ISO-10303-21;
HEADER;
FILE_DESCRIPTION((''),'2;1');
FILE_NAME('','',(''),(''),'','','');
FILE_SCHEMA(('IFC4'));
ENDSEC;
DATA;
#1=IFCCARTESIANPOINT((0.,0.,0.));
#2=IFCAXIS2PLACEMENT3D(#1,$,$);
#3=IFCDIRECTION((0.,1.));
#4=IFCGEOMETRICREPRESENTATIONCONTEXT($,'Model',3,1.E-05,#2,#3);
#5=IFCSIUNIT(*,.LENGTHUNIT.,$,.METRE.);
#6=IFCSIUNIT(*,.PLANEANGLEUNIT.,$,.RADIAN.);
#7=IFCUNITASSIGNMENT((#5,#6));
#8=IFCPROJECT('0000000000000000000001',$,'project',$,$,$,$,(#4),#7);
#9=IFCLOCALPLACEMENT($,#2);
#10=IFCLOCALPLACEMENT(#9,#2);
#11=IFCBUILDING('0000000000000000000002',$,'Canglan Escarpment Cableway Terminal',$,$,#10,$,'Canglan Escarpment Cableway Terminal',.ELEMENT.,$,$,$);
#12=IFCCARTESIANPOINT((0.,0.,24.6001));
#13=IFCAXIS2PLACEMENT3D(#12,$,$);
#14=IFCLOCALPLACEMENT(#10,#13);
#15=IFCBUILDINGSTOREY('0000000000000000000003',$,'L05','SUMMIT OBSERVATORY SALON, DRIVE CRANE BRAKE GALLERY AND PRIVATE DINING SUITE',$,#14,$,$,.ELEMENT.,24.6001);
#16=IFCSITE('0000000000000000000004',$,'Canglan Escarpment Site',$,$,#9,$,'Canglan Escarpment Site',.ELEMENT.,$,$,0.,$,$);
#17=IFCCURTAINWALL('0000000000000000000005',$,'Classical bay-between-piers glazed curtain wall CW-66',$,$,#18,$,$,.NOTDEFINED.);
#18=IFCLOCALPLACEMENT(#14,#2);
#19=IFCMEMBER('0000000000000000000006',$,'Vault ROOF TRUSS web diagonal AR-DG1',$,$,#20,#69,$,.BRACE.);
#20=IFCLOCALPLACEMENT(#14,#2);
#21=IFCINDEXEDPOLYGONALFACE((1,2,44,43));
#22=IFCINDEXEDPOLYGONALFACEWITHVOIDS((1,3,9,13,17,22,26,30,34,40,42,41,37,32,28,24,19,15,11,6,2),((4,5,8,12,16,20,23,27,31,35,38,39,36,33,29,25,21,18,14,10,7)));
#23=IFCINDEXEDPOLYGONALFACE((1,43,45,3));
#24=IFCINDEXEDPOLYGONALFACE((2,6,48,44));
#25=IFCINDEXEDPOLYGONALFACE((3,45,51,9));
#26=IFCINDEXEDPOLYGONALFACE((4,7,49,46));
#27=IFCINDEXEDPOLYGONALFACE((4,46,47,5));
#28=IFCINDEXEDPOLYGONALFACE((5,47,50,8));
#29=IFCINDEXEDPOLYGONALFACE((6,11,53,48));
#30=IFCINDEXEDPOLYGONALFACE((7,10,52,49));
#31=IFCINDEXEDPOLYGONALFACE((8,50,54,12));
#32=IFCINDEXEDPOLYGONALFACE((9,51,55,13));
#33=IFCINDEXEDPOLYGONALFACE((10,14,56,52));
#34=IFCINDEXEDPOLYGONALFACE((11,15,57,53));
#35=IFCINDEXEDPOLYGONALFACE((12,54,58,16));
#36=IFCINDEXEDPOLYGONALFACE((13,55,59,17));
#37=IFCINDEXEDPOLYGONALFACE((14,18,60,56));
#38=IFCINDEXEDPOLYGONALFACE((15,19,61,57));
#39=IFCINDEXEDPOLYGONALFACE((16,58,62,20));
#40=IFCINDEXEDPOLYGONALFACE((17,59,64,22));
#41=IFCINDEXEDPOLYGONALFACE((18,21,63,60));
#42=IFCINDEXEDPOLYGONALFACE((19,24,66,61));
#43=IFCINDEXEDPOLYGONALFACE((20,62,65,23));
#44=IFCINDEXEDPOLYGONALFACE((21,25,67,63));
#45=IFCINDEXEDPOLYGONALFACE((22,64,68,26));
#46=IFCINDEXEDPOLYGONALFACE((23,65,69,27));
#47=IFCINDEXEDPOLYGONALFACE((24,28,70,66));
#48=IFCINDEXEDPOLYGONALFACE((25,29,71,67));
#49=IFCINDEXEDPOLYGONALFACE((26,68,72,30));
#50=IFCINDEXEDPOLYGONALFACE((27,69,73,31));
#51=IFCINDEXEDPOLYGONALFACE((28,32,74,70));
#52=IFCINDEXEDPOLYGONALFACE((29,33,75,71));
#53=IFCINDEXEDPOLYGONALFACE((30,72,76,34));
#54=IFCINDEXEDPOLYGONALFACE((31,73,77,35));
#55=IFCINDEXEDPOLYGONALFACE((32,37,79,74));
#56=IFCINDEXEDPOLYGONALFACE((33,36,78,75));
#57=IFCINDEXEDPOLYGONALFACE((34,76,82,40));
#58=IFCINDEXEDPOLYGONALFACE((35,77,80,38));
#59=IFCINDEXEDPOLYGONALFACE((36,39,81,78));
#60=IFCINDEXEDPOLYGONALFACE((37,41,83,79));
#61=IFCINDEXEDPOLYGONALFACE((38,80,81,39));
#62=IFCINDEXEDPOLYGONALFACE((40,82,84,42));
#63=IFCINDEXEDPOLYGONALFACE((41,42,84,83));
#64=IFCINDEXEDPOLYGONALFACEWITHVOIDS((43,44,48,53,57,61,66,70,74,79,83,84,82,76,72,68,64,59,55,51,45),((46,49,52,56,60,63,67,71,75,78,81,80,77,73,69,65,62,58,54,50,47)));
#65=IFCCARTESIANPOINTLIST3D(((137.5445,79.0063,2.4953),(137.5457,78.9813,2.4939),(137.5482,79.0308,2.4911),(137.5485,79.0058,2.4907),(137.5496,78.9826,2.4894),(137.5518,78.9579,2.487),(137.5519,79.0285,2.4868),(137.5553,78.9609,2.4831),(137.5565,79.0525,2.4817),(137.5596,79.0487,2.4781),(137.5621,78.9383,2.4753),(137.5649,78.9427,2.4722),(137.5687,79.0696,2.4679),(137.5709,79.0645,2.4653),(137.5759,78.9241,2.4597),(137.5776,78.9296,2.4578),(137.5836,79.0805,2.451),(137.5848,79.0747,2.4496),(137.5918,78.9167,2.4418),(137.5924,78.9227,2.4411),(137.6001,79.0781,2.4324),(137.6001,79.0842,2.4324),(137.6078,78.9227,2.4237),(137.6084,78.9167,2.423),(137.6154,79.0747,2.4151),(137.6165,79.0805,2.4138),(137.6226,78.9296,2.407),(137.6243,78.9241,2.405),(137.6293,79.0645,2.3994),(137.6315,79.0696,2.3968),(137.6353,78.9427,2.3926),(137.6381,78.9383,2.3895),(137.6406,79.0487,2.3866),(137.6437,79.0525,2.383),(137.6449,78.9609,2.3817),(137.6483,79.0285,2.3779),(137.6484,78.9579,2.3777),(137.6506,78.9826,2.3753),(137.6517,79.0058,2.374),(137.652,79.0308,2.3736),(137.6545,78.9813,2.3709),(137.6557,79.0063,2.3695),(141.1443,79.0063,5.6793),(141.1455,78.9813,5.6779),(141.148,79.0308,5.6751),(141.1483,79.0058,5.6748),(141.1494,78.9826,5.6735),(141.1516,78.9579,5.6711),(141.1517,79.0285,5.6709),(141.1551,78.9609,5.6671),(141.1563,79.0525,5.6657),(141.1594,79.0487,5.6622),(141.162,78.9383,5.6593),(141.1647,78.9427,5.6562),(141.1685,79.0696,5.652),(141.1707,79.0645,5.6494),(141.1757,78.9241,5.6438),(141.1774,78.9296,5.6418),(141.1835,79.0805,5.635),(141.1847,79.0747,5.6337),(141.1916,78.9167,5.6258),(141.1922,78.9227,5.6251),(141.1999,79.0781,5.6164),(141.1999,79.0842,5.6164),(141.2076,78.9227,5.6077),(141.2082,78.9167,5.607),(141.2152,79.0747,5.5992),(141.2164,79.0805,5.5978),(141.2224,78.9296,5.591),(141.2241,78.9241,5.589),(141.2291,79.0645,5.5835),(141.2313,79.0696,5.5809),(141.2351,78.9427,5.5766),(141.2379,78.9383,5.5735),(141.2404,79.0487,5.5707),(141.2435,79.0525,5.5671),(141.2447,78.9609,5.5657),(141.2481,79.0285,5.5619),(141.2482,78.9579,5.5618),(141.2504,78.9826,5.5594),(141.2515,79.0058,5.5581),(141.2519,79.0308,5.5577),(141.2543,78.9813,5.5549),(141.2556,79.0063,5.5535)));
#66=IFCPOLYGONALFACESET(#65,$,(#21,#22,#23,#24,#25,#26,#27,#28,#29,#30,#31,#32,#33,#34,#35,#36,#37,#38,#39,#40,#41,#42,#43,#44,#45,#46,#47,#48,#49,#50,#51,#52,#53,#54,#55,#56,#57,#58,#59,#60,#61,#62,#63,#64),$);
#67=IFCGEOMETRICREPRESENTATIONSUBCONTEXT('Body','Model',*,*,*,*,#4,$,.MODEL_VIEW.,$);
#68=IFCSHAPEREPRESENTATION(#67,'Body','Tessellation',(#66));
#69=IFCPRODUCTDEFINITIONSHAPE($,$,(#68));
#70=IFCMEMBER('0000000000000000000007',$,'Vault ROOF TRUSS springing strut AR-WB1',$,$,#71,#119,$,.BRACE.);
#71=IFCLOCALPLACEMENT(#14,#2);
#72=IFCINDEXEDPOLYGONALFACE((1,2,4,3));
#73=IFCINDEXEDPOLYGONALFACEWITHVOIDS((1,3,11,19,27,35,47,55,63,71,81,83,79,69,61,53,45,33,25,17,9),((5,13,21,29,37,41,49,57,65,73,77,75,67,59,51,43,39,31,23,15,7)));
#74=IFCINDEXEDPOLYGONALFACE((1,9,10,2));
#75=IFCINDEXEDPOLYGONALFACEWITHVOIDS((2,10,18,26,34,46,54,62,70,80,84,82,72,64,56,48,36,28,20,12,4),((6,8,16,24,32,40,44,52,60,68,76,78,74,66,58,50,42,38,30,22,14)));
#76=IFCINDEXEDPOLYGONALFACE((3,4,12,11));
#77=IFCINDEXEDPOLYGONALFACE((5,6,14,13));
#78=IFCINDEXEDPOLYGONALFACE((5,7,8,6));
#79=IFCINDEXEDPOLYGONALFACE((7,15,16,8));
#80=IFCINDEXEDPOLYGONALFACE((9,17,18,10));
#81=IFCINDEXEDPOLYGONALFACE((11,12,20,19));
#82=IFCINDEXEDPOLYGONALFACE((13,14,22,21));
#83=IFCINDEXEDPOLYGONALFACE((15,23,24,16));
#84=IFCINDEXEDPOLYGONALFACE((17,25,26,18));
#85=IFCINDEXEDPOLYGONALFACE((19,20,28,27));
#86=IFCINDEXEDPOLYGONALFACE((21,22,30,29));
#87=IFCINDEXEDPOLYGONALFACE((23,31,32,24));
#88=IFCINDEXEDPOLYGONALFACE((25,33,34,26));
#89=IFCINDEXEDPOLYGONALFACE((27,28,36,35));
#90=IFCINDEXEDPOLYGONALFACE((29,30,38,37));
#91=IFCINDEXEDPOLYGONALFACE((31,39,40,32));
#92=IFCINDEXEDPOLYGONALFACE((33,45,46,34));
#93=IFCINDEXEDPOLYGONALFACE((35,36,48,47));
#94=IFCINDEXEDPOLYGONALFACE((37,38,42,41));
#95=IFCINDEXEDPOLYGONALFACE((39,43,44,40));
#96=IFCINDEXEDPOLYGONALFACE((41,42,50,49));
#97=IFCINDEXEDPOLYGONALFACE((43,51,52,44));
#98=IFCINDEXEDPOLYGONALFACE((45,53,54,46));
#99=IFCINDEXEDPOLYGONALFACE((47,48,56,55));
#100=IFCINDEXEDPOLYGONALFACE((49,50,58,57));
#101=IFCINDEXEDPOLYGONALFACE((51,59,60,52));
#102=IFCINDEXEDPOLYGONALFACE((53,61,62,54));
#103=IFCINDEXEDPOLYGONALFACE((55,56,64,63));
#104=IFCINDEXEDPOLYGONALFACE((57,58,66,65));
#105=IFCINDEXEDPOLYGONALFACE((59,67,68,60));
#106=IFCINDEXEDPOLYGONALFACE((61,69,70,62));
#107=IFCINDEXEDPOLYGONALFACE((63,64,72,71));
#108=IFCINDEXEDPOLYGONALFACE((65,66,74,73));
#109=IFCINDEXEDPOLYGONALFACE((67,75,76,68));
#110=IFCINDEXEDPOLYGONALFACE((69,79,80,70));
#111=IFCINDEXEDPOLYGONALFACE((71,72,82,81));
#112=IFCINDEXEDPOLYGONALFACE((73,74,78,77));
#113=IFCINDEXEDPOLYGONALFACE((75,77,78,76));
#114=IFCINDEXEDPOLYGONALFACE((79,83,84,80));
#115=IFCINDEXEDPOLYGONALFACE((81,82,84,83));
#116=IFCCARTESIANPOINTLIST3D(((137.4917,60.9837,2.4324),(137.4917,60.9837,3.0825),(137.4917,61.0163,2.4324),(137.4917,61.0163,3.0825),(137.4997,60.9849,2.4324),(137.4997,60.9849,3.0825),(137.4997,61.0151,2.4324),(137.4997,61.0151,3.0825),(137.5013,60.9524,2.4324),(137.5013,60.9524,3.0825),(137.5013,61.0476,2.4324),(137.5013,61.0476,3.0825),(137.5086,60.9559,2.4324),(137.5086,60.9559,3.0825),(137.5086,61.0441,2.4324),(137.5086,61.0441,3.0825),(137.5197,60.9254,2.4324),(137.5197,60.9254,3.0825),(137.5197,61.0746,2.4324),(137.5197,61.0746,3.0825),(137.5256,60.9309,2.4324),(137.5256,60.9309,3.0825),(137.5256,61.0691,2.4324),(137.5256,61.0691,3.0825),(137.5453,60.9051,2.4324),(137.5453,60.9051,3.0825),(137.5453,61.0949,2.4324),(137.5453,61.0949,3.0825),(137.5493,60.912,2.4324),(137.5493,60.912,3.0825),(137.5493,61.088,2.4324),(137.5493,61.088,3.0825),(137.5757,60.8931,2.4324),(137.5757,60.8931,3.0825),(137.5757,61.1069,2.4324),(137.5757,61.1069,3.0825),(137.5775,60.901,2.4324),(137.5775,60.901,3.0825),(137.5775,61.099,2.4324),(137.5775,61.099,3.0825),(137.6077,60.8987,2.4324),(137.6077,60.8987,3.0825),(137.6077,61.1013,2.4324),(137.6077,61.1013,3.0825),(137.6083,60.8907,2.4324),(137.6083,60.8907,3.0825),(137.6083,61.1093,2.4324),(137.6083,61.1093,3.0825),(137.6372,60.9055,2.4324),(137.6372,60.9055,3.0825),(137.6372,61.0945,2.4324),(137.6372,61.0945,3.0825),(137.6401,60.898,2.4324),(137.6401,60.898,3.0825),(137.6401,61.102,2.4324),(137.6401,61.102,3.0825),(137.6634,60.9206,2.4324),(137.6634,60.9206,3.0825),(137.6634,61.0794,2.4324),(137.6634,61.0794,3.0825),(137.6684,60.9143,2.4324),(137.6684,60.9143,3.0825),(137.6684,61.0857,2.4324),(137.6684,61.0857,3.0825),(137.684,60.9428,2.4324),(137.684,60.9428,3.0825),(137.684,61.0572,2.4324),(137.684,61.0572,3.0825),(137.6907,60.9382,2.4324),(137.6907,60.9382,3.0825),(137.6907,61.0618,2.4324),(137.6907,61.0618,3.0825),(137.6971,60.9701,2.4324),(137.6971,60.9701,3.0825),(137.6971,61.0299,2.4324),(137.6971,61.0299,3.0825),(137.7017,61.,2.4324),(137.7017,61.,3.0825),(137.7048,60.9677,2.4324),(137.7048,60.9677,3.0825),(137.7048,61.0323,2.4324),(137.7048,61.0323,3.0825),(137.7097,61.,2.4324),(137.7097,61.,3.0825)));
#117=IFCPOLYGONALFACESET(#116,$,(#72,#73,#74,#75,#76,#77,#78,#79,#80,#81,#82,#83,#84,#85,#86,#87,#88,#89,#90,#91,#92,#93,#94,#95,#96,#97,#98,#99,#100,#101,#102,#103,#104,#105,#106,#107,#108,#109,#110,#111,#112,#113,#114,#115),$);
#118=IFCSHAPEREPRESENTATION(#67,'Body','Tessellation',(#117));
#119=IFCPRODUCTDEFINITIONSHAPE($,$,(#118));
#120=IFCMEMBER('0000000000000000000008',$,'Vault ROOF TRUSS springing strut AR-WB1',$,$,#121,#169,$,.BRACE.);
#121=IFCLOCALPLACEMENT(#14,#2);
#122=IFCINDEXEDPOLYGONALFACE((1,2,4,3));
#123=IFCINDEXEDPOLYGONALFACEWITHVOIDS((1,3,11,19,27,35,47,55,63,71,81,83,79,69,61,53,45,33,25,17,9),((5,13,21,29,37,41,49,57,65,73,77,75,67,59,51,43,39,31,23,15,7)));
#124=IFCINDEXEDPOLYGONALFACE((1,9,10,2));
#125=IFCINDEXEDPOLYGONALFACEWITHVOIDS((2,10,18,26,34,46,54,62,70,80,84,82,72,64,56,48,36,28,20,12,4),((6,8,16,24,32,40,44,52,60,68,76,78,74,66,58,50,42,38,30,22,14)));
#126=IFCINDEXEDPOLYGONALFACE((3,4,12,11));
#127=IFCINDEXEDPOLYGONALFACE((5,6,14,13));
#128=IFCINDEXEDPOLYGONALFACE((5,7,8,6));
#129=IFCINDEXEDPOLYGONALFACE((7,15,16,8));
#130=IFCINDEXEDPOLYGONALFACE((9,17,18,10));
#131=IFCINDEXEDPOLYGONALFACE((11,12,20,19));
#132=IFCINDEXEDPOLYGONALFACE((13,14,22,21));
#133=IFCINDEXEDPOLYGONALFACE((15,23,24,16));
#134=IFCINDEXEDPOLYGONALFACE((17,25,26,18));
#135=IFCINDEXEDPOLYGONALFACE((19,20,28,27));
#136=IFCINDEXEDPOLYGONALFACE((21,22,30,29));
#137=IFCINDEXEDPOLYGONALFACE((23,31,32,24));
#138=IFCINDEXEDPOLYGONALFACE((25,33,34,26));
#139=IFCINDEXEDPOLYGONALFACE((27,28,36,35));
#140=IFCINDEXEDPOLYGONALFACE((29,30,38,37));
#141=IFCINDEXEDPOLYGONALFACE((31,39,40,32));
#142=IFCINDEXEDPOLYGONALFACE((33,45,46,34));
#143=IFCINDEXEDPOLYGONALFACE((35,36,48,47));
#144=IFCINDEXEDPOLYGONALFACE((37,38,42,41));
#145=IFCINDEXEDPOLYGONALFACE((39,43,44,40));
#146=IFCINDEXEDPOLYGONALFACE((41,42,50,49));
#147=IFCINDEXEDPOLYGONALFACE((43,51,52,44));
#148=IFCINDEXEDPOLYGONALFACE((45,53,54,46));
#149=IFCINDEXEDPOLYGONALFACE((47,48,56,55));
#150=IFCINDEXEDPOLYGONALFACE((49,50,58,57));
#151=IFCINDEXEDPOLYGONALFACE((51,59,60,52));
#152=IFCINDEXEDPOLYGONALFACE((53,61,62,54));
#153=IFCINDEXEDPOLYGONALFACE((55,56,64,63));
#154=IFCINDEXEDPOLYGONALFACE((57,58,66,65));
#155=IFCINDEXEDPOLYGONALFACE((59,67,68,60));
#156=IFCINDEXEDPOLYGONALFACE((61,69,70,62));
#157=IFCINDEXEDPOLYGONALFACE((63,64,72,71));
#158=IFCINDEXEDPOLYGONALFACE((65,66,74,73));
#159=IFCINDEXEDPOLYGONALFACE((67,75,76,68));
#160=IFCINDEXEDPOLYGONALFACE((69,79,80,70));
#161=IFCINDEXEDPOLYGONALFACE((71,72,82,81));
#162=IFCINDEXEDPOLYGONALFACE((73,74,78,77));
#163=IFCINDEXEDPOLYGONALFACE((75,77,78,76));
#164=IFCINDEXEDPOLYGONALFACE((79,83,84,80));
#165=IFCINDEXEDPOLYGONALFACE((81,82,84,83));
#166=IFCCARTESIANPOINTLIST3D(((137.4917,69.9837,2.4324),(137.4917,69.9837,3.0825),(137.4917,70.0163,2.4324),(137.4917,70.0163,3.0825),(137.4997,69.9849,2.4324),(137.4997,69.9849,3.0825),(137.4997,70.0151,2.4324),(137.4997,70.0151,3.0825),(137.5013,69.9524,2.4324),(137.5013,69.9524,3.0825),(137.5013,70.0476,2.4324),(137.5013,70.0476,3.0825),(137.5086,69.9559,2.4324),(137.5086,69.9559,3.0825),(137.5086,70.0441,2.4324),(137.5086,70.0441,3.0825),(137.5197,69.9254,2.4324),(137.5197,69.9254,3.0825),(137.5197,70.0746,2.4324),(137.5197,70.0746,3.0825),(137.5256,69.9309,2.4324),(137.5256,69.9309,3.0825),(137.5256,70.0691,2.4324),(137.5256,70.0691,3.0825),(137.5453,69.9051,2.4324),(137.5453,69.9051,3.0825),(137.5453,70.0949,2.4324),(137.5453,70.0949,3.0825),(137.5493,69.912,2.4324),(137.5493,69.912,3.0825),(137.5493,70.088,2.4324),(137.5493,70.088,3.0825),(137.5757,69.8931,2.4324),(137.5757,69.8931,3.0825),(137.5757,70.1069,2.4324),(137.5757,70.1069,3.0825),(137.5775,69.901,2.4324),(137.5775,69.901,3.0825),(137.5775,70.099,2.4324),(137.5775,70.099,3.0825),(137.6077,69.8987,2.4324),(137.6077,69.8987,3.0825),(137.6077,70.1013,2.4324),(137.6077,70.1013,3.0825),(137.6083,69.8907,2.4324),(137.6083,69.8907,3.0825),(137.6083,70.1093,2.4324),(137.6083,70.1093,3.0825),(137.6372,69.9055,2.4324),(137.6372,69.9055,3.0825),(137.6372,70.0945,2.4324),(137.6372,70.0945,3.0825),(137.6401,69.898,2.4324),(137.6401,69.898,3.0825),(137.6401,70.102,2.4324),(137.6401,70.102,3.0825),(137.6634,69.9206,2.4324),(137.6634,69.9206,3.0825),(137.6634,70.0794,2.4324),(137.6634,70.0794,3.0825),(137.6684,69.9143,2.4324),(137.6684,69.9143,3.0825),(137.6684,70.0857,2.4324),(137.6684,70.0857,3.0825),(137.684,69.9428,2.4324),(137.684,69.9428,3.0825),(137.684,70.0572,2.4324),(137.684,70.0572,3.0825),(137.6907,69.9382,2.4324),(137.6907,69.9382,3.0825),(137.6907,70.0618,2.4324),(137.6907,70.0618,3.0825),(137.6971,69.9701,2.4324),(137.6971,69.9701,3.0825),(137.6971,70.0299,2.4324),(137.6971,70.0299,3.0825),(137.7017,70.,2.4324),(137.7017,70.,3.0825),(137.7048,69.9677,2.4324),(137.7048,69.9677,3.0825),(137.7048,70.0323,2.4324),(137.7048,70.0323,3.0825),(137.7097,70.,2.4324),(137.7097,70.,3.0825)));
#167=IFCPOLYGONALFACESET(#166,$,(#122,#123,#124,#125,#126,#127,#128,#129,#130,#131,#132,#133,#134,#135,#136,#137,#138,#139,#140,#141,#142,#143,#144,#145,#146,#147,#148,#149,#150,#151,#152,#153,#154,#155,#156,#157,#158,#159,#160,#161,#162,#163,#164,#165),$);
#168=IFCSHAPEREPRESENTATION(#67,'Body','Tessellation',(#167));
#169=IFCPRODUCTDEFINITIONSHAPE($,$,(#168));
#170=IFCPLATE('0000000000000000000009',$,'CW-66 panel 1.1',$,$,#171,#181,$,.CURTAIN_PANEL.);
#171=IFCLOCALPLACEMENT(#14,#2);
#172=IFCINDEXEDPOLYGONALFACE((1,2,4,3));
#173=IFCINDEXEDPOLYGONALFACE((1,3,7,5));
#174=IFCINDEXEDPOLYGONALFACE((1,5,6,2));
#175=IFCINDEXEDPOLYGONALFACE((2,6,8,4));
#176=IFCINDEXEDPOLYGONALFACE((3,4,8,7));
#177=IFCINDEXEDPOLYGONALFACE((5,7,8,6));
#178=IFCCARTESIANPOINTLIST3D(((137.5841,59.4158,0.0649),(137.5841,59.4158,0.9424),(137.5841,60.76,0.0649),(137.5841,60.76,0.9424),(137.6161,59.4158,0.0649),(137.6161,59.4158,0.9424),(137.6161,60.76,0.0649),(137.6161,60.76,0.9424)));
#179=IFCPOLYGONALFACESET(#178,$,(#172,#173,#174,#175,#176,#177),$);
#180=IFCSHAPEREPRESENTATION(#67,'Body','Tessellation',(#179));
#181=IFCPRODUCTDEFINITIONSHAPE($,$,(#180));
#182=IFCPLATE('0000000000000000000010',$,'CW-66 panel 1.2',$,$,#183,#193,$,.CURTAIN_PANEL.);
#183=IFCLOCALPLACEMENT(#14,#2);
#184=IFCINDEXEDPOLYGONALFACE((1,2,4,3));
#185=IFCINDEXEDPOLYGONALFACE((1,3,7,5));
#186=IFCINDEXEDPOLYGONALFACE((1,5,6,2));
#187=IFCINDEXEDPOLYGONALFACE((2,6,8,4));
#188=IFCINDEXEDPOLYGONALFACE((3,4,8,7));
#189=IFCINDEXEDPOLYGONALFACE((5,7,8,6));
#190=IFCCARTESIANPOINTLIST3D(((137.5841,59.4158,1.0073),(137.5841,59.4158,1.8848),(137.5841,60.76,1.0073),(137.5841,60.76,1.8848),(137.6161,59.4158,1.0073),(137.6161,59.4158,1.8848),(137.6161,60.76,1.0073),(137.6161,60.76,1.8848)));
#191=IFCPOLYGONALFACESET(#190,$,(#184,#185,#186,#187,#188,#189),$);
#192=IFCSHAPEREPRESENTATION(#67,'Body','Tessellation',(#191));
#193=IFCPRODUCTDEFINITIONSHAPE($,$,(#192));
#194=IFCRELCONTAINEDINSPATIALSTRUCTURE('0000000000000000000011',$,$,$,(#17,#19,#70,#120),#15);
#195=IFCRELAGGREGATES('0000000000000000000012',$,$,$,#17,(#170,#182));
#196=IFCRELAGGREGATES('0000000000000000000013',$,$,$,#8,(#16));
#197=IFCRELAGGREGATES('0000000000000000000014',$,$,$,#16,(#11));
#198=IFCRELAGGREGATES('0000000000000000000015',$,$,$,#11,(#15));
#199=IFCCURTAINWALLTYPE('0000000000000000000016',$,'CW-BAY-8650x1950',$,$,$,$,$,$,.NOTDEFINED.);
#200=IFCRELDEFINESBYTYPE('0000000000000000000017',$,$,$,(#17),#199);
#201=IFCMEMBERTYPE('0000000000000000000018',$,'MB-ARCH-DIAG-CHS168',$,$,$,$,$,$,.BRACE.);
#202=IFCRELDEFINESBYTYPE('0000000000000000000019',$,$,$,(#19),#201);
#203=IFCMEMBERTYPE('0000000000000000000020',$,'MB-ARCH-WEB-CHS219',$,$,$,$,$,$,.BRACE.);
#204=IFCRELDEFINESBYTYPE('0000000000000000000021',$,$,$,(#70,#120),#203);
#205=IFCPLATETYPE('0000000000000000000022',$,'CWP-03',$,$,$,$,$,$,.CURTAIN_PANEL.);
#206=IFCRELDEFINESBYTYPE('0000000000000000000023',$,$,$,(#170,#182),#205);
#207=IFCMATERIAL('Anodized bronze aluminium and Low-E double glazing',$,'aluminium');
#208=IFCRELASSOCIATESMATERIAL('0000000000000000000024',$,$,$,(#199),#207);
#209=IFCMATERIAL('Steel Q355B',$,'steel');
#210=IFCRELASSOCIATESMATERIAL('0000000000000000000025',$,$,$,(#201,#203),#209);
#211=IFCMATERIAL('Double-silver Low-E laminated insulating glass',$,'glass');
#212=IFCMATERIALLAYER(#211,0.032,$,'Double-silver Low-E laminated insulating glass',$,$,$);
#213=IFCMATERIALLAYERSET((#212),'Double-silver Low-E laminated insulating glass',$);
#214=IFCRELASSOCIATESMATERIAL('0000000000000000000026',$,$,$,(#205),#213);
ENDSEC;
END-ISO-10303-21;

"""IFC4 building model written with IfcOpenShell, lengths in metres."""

from ifc_helpers import new_model, si_unit, direction, frame, origin, origin_2d, place, context, subcontext, project, spatial, rectangle, hollow_circle, extrude, material, layer, layer_set, material_profile, profile_set, type_object, element, aggregate, save


model = new_model("IFC4")

# Units and contexts
model_context = context("Model", 3, precision=1e-05, world=origin(), true_north=direction((0.0, 1.0)))
body_context = subcontext(model_context, "Body", "Model", "MODEL_VIEW")
ifc_project = project(units=[si_unit("LENGTHUNIT", "METRE"), si_unit("PLANEANGLEUNIT", "RADIAN")], contexts=[model_context])

# Site, building, storey
site_placement = place(None, origin())
site = spatial("IfcSite", under=ifc_project, at=site_placement, Name="Canglan Escarpment Site", LongName="Canglan Escarpment Site", CompositionType="ELEMENT", RefElevation=0.0)
building_placement = place(site_placement, origin())
building = spatial("IfcBuilding", under=site, at=building_placement, Name="Canglan Escarpment Cableway Terminal", LongName="Canglan Escarpment Cableway Terminal", CompositionType="ELEMENT")
storey_placement = place(building_placement, frame((0.0, 0.0, 24.6001)))
storey = spatial("IfcBuildingStorey", under=building, at=storey_placement, Name="L05", Description="SUMMIT OBSERVATORY SALON, DRIVE CRANE BRAKE GALLERY AND PRIVATE DINING SUITE", CompositionType="ELEMENT", Elevation=24.6001)

# Shared definitions
ifc_material_1 = material(Name="Steel Q355B", Category="steel")

# Curtain wall
ifc_material_2 = material(Name="Anodized bronze aluminium and Low-E double glazing", Category="aluminium")
curtain_wall_type = type_object("IfcCurtainWallType", Name="CW-BAY-8650x1950", PredefinedType="NOTDEFINED", material=ifc_material_2)
curtain_wall_placement = place(storey_placement, origin())
curtain_wall = element("IfcCurtainWall", 1, at=curtain_wall_placement, inside=storey, type_object=curtain_wall_type, Name="Classical bay-between-piers glazed curtain wall CW-66", PredefinedType="NOTDEFINED")

# Members
ifc_material_profile_1 = material_profile(ifc_material_1, hollow_circle(Radius=0.0842, WallThickness=0.0061, at=origin_2d()), Name="CHS 168.3x6")
ifc_profile_set_1 = profile_set([ifc_material_profile_1], Name="Steel Q355B")
member_type_1 = type_object("IfcMemberType", Name="MB-ARCH-DIAG-CHS168", PredefinedType="BRACE", material=ifc_profile_set_1)
for number, where, z_axis, x_axis, name in (
    (2, (137.6001, 79.0, 2.4324), (0.749038, 0.0, 0.662527), (0.0, 1.0, 0.0), "Vault ROOF TRUSS web diagonal AR-DG1"),
):
    element("IfcMember", number, at=place(storey_placement, frame(where, z_axis=z_axis, x_axis=x_axis)), inside=storey, type_object=member_type_1, Name=name, PredefinedType="BRACE", context=body_context, shape_type="SweptSolid", body=[
        extrude(hollow_circle(Radius=0.0842, WallThickness=0.0061, at=origin_2d()), origin(), (0.0, 0.0, 1.0), 4.8059),
    ])
ifc_material_profile_2 = material_profile(ifc_material_1, hollow_circle(Radius=0.1096, WallThickness=0.0081, at=origin_2d()), Name="CHS 219.1x8")
ifc_profile_set_2 = profile_set([ifc_material_profile_2], Name="Steel Q355B")
member_type_2 = type_object("IfcMemberType", Name="MB-ARCH-WEB-CHS219", PredefinedType="BRACE", material=ifc_profile_set_2)
for number, where, z_axis, x_axis, name in (
    (3, (137.6001, 61.0, 2.4324), (0.0, 0.0, 1.0), (1.0, 0.0, 0.0), "Vault ROOF TRUSS springing strut AR-WB1"),
    (4, (137.6001, 70.0, 2.4324), (0.0, 0.0, 1.0), (1.0, 0.0, 0.0), "Vault ROOF TRUSS springing strut AR-WB1"),
):
    element("IfcMember", number, at=place(storey_placement, frame(where, z_axis=z_axis, x_axis=x_axis)), inside=storey, type_object=member_type_2, Name=name, PredefinedType="BRACE", context=body_context, shape_type="SweptSolid", body=[
        extrude(hollow_circle(Radius=0.1096, WallThickness=0.0081, at=origin_2d()), origin(), (0.0, 0.0, 1.0), 0.6501),
    ])

# Plates
ifc_material_3 = material(Name="Double-silver Low-E laminated insulating glass", Category="glass")
ifc_layer_1 = layer(ifc_material_3, 0.032, Name="Double-silver Low-E laminated insulating glass")
ifc_layer_set_1 = layer_set([ifc_layer_1], Name="Double-silver Low-E laminated insulating glass")
plate_type_1 = type_object("IfcPlateType", Name="CWP-03", PredefinedType="CURTAIN_PANEL", material=ifc_layer_set_1)
plate_1_placement = place(storey_placement, frame((137.6001, 60.0879, 0.0649), z_axis=(0.0, 0.0, 1.0), x_axis=(0.0, -1.0, 0.0)))
plate_1 = element("IfcPlate", 5, at=plate_1_placement, type_object=plate_type_1, Name="CW-66 panel 1.1", PredefinedType="CURTAIN_PANEL", context=body_context, shape_type="SweptSolid", body=[
    extrude(rectangle(XDim=1.3442, YDim=0.032, at=origin_2d()), origin(), (0.0, 0.0, 1.0), 0.8774),
])
plate_2_placement = place(storey_placement, frame((137.6001, 60.0879, 1.0073), z_axis=(0.0, 0.0, 1.0), x_axis=(0.0, -1.0, 0.0)))
plate_2 = element("IfcPlate", 6, at=plate_2_placement, type_object=plate_type_1, Name="CW-66 panel 1.2", PredefinedType="CURTAIN_PANEL", context=body_context, shape_type="SweptSolid", body=[
    extrude(rectangle(XDim=1.3442, YDim=0.032, at=origin_2d()), origin(), (0.0, 0.0, 1.0), 0.8774),
])
aggregate(curtain_wall, [plate_1, plate_2])

save(model, "model.ifc")
